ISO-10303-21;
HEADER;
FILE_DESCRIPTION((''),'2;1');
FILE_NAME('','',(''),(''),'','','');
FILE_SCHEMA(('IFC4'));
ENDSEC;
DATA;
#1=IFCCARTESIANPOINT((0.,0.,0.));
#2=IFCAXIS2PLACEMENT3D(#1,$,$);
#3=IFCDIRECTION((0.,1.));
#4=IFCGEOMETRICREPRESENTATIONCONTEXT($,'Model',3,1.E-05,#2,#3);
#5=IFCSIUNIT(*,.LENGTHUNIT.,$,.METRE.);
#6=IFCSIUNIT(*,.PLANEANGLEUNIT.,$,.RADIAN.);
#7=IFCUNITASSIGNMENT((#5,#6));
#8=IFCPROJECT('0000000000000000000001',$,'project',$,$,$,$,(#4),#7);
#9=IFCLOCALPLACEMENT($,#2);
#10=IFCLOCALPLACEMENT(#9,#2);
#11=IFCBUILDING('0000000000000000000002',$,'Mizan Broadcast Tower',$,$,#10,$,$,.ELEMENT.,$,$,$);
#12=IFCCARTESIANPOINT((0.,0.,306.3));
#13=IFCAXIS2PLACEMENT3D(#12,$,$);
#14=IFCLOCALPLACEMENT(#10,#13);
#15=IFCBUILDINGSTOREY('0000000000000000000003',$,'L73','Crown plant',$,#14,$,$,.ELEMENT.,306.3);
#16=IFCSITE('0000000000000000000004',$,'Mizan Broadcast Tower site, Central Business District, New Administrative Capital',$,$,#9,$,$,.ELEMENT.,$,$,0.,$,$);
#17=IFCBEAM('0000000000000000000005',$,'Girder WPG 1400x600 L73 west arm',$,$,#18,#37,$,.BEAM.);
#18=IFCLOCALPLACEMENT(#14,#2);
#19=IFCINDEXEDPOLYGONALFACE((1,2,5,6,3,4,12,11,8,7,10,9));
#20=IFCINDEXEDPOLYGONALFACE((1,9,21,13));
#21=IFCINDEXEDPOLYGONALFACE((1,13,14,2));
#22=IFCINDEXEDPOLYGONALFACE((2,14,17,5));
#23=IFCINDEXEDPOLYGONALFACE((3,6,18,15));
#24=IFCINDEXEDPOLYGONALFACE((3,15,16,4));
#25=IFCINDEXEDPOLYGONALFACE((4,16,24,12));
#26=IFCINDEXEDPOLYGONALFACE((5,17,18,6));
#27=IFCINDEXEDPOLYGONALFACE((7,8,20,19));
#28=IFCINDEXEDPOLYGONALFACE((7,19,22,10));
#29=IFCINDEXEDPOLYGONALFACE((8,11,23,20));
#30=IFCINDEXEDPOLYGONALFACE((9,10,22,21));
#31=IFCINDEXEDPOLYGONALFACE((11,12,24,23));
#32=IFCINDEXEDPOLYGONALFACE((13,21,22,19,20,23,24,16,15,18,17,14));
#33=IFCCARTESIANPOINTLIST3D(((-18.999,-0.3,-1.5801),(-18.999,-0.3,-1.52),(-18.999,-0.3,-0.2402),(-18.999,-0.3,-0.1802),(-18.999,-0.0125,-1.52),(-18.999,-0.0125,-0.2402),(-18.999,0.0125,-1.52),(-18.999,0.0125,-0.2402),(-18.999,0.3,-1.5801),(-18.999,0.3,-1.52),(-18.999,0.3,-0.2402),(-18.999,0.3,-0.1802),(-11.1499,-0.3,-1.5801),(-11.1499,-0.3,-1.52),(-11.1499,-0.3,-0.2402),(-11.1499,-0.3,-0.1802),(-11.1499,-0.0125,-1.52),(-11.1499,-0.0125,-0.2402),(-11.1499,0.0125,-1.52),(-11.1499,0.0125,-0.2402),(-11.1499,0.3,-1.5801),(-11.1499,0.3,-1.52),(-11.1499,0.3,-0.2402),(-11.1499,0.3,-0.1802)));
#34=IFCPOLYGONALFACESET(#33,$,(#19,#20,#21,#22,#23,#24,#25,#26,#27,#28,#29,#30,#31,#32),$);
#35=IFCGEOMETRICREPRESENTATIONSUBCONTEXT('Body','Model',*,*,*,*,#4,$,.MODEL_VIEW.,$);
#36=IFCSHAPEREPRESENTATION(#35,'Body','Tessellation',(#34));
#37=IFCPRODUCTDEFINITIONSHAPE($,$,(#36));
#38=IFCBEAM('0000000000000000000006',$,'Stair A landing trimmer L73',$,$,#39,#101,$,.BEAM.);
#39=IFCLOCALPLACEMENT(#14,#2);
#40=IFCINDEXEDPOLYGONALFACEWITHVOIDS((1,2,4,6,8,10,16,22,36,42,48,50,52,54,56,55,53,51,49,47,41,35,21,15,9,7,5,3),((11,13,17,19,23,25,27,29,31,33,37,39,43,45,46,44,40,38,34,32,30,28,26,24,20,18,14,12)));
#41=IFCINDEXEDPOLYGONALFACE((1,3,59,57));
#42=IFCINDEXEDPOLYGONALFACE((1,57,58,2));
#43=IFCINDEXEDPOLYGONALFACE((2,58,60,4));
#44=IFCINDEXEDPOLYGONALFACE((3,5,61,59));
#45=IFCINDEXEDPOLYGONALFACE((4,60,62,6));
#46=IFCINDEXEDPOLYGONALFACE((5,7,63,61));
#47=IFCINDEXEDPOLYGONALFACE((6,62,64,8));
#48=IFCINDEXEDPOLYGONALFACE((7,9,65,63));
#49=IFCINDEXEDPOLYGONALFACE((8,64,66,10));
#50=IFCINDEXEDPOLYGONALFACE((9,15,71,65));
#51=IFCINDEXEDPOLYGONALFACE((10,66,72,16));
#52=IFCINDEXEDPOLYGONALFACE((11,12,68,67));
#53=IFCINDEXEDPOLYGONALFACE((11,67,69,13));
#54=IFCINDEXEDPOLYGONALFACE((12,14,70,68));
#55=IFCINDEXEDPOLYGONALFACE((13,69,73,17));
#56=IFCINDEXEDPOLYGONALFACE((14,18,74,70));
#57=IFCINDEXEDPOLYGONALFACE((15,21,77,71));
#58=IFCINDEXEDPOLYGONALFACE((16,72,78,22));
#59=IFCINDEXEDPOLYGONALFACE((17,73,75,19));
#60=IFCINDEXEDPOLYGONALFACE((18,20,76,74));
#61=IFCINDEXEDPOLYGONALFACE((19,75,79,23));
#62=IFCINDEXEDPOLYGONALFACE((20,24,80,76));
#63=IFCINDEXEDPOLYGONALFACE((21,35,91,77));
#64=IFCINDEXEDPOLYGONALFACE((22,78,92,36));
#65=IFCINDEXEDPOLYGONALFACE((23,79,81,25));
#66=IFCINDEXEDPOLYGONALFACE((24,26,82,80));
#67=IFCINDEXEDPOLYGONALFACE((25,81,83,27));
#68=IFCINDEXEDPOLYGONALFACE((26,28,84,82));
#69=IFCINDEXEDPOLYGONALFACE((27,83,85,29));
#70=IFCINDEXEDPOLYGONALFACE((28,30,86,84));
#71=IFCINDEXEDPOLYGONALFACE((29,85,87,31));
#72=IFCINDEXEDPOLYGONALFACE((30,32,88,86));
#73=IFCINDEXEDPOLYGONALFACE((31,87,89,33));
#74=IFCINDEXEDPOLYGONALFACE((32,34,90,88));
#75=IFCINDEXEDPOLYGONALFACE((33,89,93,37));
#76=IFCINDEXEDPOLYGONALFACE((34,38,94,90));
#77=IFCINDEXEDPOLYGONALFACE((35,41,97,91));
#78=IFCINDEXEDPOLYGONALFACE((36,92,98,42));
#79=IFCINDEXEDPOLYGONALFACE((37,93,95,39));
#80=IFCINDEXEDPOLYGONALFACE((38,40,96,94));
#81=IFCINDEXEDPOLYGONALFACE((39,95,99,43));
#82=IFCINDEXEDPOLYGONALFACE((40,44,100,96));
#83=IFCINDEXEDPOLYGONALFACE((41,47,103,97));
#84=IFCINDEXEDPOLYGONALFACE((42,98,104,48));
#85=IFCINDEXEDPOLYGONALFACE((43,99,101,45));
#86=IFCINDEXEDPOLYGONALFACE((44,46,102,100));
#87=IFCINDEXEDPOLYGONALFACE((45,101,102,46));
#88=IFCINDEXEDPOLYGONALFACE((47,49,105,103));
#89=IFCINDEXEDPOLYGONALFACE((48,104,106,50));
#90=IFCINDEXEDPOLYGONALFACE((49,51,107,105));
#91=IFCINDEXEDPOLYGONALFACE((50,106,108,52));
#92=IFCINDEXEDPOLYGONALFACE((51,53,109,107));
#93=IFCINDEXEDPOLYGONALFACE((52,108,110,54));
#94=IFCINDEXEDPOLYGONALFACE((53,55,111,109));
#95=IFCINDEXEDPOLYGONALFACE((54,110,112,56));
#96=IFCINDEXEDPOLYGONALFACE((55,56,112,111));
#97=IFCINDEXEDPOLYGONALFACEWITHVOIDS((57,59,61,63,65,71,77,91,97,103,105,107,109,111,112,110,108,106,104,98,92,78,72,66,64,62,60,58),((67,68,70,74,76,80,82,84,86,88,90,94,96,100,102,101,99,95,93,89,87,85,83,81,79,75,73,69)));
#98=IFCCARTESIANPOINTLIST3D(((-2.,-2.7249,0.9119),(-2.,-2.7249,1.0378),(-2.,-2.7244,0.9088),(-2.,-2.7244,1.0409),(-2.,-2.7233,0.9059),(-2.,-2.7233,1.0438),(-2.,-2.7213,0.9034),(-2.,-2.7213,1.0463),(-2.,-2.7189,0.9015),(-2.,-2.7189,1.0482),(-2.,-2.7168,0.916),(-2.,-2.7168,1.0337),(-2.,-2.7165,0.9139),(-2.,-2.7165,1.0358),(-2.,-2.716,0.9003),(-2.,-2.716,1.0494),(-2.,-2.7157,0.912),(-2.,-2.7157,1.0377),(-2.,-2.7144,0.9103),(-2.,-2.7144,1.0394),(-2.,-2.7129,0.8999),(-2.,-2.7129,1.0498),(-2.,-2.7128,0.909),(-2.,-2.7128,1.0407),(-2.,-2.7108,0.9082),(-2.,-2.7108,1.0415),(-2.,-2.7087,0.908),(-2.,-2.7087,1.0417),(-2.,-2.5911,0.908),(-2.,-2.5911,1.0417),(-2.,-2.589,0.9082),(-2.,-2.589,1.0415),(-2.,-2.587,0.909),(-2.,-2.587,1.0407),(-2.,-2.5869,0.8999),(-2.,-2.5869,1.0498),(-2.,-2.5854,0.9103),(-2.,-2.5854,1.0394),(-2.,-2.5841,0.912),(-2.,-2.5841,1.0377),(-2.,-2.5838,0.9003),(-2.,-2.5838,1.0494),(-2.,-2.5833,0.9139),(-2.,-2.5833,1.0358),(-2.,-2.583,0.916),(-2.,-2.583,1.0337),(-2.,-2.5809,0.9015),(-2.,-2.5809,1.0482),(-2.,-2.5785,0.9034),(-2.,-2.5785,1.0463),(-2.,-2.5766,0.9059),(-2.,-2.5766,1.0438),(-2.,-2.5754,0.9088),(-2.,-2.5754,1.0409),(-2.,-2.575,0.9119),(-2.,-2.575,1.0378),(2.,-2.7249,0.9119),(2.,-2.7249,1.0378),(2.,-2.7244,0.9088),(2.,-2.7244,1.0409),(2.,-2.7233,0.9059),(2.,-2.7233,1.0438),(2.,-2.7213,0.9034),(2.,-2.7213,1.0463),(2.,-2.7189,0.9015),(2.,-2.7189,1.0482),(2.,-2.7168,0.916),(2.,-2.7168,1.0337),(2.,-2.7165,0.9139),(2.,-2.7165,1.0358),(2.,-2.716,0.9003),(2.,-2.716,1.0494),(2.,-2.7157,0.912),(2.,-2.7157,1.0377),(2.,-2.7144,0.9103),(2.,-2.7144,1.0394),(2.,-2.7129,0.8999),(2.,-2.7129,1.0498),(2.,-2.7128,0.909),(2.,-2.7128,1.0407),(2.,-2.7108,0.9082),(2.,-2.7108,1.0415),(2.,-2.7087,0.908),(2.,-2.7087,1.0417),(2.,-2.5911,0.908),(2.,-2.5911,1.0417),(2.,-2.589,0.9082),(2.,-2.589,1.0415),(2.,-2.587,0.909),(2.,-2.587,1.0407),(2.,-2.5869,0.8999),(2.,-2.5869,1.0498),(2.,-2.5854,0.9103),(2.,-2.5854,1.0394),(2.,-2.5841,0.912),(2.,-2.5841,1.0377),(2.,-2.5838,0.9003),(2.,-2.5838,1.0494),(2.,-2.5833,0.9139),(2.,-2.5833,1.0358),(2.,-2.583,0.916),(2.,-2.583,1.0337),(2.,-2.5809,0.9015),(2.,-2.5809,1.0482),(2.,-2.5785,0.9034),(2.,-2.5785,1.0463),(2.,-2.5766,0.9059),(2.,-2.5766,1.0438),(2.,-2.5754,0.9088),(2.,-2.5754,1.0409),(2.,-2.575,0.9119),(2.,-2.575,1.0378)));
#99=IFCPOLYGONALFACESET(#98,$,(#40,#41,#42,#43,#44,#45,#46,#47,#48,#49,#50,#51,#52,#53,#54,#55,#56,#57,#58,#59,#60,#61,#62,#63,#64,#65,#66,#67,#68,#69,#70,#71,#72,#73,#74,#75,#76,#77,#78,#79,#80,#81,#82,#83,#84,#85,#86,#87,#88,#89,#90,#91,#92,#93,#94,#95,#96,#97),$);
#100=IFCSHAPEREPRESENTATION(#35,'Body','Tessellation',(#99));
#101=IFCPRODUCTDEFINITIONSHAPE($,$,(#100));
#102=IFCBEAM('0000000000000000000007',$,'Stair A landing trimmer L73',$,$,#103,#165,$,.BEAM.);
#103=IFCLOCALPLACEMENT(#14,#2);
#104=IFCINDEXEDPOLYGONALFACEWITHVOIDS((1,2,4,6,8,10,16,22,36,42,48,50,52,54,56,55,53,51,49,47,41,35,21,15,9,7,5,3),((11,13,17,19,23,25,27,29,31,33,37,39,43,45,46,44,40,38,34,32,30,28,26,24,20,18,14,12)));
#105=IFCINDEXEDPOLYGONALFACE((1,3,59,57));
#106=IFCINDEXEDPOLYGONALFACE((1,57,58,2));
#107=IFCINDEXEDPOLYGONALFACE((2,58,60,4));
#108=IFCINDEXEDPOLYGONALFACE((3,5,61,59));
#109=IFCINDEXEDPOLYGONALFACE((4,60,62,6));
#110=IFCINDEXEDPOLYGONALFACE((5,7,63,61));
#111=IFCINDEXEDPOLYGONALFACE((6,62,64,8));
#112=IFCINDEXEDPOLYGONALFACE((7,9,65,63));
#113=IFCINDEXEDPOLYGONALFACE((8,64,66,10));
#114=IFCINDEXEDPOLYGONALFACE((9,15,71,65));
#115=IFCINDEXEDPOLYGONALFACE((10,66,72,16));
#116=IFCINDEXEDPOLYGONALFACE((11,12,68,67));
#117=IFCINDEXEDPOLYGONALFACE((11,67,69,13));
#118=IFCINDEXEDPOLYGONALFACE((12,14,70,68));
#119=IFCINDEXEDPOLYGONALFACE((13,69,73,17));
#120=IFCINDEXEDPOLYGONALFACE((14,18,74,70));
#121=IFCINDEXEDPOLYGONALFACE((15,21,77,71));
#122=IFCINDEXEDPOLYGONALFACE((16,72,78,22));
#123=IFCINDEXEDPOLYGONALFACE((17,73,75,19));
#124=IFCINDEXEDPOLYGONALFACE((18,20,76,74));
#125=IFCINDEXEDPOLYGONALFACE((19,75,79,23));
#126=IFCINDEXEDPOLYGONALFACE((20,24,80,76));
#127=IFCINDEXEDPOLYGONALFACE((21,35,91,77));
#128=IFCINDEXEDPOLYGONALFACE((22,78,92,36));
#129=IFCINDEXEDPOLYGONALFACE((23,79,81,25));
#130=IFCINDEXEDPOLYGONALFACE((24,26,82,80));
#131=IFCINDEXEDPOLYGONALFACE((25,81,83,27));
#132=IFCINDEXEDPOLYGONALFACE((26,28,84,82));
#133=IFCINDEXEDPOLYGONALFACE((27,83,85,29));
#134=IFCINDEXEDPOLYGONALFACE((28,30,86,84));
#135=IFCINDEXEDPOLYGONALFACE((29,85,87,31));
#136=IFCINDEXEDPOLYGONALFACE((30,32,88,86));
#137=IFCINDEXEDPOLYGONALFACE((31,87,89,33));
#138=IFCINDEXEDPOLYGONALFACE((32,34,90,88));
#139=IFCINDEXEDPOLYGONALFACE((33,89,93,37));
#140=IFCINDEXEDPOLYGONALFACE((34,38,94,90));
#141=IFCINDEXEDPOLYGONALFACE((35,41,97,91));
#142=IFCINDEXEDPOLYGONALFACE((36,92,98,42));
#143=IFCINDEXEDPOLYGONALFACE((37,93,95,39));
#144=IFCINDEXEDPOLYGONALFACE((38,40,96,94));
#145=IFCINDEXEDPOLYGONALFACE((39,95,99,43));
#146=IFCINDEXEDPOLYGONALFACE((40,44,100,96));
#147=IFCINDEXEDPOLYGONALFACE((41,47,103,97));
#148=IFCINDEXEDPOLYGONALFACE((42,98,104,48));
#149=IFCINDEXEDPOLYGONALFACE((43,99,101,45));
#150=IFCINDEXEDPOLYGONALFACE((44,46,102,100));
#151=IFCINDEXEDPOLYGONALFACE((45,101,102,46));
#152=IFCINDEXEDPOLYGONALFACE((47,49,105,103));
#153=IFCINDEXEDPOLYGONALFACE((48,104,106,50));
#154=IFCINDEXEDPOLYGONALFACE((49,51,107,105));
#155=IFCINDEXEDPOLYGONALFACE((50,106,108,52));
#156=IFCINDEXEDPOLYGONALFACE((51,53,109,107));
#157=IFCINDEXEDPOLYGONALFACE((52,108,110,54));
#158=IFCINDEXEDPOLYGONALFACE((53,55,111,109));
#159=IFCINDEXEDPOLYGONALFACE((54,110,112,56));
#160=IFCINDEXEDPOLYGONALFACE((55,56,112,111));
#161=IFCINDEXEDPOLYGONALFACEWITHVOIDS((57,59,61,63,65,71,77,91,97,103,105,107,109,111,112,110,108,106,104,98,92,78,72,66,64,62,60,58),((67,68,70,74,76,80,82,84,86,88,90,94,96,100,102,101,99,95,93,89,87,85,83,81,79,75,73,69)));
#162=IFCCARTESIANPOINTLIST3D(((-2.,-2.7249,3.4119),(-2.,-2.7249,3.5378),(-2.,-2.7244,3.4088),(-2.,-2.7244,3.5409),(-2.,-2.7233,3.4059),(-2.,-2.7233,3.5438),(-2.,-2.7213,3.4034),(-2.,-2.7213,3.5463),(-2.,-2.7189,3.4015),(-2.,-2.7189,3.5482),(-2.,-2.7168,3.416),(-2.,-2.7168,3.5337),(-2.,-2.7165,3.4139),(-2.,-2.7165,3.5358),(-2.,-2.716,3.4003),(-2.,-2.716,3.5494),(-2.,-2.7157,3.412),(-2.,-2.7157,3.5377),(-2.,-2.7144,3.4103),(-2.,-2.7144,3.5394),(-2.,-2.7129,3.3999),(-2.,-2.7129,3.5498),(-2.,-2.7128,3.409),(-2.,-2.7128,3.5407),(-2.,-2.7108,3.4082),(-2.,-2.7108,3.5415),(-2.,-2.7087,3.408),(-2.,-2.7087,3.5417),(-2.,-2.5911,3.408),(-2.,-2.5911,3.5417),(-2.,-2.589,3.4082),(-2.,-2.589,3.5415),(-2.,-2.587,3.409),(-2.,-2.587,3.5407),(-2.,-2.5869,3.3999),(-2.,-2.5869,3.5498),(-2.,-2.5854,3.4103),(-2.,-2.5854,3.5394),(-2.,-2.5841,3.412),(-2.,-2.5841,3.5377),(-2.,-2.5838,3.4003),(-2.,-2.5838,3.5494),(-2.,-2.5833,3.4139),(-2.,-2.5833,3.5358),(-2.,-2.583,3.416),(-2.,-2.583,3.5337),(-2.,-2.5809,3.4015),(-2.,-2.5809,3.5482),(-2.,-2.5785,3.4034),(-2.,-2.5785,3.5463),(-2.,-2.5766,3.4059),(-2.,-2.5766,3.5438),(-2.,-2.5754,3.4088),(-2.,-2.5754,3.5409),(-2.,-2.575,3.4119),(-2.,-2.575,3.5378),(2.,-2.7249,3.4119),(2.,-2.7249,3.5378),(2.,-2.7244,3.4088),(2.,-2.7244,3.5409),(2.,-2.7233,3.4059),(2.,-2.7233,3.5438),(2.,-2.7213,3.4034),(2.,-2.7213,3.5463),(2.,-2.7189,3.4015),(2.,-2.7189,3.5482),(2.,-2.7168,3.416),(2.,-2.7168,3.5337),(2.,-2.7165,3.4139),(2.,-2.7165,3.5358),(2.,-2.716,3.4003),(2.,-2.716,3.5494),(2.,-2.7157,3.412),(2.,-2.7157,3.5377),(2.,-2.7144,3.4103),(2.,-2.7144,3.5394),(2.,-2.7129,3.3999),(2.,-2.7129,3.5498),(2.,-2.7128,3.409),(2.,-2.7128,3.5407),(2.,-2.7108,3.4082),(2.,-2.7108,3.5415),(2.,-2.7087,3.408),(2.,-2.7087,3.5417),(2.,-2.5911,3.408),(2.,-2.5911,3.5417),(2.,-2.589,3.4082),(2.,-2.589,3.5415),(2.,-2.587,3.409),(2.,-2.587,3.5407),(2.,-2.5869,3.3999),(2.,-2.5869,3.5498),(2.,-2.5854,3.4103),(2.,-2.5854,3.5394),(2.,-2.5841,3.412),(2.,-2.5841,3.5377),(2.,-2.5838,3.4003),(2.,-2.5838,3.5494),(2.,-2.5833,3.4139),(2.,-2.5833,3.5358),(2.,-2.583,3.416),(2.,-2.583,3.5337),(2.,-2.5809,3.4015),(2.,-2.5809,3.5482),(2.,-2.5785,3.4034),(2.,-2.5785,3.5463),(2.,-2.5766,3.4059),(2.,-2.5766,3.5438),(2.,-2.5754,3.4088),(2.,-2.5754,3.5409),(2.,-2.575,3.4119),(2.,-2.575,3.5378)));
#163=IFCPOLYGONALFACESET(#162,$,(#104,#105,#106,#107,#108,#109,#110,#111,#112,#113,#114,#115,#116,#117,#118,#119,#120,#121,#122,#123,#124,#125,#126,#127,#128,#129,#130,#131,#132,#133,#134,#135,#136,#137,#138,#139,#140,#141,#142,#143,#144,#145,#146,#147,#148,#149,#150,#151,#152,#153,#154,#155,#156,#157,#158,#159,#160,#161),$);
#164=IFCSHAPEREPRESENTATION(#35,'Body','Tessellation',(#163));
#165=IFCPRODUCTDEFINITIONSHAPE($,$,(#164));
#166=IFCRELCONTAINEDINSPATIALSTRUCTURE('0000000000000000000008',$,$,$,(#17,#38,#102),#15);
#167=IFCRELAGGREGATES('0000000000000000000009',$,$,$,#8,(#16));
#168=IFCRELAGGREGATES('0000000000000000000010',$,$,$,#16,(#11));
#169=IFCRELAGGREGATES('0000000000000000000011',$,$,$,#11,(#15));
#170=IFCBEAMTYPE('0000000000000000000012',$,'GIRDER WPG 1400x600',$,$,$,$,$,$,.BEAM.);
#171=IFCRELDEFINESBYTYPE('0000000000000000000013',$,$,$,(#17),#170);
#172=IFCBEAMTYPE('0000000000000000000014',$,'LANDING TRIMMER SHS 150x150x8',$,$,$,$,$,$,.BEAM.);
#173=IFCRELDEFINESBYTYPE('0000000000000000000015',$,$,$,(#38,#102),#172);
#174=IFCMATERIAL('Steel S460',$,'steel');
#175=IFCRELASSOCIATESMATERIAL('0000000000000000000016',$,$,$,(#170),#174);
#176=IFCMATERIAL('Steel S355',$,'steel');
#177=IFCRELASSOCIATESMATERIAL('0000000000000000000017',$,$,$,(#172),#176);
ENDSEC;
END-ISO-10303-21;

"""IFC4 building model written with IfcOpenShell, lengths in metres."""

from ifc_helpers import new_model, si_unit, direction, frame, origin, origin_2d, place, context, subcontext, project, spatial, hollow_rectangle, i_section, extrude, material, material_profile, profile_set, type_object, element, save


model = new_model("IFC4")

# Units and contexts
model_context = context("Model", 3, precision=1e-05, world=origin(), true_north=direction((0.0, 1.0)))
body_context = subcontext(model_context, "Body", "Model", "MODEL_VIEW")
ifc_project = project(units=[si_unit("LENGTHUNIT", "METRE"), si_unit("PLANEANGLEUNIT", "RADIAN")], contexts=[model_context])

# Site, building, storey
site_placement = place(None, origin())
site = spatial("IfcSite", under=ifc_project, at=site_placement, Name="Mizan Broadcast Tower site, Central Business District, New Administrative Capital", CompositionType="ELEMENT", RefElevation=0.0)
building_placement = place(site_placement, origin())
building = spatial("IfcBuilding", under=site, at=building_placement, Name="Mizan Broadcast Tower", CompositionType="ELEMENT")
storey_placement = place(building_placement, frame((0.0, 0.0, 306.3)))
storey = spatial("IfcBuildingStorey", under=building, at=storey_placement, Name="L73", Description="Crown plant", CompositionType="ELEMENT", Elevation=306.3)

# Beams
ifc_material_1 = material(Name="Steel S460", Category="steel")
ifc_material_profile_1 = material_profile(ifc_material_1, i_section(OverallWidth=0.6001, OverallDepth=1.3999, WebThickness=0.0249, FlangeThickness=0.0601, at=origin_2d()), Name="WPG 1400x600")
ifc_profile_set_1 = profile_set([ifc_material_profile_1], Name="Steel S460")
beam_type_1 = type_object("IfcBeamType", Name="GIRDER WPG 1400x600", PredefinedType="BEAM", material=ifc_profile_set_1)
beam_placement = place(storey_placement, frame((-11.1499, 0.0, -0.8801), z_axis=(-1.0, 0.0, 0.0), x_axis=(0.0, -1.0, 0.0)))
element("IfcBeam", 1, at=beam_placement, inside=storey, type_object=beam_type_1, Name="Girder WPG 1400x600 L73 west arm", PredefinedType="BEAM", context=body_context, shape_type="SweptSolid", body=[
    extrude(i_section(OverallWidth=0.6001, OverallDepth=1.3999, WebThickness=0.0249, FlangeThickness=0.0601, at=origin_2d()), origin(), (0.0, 0.0, 1.0), 7.8491),
])
ifc_material_2 = material(Name="Steel S355", Category="steel")
ifc_material_profile_2 = material_profile(ifc_material_2, hollow_rectangle(XDim=0.1499, YDim=0.1499, WallThickness=0.0081, InnerFilletRadius=0.0081, OuterFilletRadius=0.012, at=origin_2d()), Name="SHS 150x150x8")
ifc_profile_set_2 = profile_set([ifc_material_profile_2], Name="Steel S355")
beam_type_2 = type_object("IfcBeamType", Name="LANDING TRIMMER SHS 150x150x8", PredefinedType="BEAM", material=ifc_profile_set_2)
for number, where, z_axis, x_axis, name in (
    (2, (-2.0, -2.6499, 0.9749), (1.0, 0.0, 0.0), (0.0, 1.0, 0.0), "Stair A landing trimmer L73"),
    (3, (-2.0, -2.6499, 3.4749), (1.0, 0.0, 0.0), (0.0, 1.0, 0.0), "Stair A landing trimmer L73"),
):
    element("IfcBeam", number, at=place(storey_placement, frame(where, z_axis=z_axis, x_axis=x_axis)), inside=storey, type_object=beam_type_2, Name=name, PredefinedType="BEAM", context=body_context, shape_type="SweptSolid", body=[
        extrude(hollow_rectangle(XDim=0.1499, YDim=0.1499, WallThickness=0.0081, InnerFilletRadius=0.0081, OuterFilletRadius=0.012, at=origin_2d()), origin(), (0.0, 0.0, 1.0), 4.0),
    ])

save(model, "model.ifc")
